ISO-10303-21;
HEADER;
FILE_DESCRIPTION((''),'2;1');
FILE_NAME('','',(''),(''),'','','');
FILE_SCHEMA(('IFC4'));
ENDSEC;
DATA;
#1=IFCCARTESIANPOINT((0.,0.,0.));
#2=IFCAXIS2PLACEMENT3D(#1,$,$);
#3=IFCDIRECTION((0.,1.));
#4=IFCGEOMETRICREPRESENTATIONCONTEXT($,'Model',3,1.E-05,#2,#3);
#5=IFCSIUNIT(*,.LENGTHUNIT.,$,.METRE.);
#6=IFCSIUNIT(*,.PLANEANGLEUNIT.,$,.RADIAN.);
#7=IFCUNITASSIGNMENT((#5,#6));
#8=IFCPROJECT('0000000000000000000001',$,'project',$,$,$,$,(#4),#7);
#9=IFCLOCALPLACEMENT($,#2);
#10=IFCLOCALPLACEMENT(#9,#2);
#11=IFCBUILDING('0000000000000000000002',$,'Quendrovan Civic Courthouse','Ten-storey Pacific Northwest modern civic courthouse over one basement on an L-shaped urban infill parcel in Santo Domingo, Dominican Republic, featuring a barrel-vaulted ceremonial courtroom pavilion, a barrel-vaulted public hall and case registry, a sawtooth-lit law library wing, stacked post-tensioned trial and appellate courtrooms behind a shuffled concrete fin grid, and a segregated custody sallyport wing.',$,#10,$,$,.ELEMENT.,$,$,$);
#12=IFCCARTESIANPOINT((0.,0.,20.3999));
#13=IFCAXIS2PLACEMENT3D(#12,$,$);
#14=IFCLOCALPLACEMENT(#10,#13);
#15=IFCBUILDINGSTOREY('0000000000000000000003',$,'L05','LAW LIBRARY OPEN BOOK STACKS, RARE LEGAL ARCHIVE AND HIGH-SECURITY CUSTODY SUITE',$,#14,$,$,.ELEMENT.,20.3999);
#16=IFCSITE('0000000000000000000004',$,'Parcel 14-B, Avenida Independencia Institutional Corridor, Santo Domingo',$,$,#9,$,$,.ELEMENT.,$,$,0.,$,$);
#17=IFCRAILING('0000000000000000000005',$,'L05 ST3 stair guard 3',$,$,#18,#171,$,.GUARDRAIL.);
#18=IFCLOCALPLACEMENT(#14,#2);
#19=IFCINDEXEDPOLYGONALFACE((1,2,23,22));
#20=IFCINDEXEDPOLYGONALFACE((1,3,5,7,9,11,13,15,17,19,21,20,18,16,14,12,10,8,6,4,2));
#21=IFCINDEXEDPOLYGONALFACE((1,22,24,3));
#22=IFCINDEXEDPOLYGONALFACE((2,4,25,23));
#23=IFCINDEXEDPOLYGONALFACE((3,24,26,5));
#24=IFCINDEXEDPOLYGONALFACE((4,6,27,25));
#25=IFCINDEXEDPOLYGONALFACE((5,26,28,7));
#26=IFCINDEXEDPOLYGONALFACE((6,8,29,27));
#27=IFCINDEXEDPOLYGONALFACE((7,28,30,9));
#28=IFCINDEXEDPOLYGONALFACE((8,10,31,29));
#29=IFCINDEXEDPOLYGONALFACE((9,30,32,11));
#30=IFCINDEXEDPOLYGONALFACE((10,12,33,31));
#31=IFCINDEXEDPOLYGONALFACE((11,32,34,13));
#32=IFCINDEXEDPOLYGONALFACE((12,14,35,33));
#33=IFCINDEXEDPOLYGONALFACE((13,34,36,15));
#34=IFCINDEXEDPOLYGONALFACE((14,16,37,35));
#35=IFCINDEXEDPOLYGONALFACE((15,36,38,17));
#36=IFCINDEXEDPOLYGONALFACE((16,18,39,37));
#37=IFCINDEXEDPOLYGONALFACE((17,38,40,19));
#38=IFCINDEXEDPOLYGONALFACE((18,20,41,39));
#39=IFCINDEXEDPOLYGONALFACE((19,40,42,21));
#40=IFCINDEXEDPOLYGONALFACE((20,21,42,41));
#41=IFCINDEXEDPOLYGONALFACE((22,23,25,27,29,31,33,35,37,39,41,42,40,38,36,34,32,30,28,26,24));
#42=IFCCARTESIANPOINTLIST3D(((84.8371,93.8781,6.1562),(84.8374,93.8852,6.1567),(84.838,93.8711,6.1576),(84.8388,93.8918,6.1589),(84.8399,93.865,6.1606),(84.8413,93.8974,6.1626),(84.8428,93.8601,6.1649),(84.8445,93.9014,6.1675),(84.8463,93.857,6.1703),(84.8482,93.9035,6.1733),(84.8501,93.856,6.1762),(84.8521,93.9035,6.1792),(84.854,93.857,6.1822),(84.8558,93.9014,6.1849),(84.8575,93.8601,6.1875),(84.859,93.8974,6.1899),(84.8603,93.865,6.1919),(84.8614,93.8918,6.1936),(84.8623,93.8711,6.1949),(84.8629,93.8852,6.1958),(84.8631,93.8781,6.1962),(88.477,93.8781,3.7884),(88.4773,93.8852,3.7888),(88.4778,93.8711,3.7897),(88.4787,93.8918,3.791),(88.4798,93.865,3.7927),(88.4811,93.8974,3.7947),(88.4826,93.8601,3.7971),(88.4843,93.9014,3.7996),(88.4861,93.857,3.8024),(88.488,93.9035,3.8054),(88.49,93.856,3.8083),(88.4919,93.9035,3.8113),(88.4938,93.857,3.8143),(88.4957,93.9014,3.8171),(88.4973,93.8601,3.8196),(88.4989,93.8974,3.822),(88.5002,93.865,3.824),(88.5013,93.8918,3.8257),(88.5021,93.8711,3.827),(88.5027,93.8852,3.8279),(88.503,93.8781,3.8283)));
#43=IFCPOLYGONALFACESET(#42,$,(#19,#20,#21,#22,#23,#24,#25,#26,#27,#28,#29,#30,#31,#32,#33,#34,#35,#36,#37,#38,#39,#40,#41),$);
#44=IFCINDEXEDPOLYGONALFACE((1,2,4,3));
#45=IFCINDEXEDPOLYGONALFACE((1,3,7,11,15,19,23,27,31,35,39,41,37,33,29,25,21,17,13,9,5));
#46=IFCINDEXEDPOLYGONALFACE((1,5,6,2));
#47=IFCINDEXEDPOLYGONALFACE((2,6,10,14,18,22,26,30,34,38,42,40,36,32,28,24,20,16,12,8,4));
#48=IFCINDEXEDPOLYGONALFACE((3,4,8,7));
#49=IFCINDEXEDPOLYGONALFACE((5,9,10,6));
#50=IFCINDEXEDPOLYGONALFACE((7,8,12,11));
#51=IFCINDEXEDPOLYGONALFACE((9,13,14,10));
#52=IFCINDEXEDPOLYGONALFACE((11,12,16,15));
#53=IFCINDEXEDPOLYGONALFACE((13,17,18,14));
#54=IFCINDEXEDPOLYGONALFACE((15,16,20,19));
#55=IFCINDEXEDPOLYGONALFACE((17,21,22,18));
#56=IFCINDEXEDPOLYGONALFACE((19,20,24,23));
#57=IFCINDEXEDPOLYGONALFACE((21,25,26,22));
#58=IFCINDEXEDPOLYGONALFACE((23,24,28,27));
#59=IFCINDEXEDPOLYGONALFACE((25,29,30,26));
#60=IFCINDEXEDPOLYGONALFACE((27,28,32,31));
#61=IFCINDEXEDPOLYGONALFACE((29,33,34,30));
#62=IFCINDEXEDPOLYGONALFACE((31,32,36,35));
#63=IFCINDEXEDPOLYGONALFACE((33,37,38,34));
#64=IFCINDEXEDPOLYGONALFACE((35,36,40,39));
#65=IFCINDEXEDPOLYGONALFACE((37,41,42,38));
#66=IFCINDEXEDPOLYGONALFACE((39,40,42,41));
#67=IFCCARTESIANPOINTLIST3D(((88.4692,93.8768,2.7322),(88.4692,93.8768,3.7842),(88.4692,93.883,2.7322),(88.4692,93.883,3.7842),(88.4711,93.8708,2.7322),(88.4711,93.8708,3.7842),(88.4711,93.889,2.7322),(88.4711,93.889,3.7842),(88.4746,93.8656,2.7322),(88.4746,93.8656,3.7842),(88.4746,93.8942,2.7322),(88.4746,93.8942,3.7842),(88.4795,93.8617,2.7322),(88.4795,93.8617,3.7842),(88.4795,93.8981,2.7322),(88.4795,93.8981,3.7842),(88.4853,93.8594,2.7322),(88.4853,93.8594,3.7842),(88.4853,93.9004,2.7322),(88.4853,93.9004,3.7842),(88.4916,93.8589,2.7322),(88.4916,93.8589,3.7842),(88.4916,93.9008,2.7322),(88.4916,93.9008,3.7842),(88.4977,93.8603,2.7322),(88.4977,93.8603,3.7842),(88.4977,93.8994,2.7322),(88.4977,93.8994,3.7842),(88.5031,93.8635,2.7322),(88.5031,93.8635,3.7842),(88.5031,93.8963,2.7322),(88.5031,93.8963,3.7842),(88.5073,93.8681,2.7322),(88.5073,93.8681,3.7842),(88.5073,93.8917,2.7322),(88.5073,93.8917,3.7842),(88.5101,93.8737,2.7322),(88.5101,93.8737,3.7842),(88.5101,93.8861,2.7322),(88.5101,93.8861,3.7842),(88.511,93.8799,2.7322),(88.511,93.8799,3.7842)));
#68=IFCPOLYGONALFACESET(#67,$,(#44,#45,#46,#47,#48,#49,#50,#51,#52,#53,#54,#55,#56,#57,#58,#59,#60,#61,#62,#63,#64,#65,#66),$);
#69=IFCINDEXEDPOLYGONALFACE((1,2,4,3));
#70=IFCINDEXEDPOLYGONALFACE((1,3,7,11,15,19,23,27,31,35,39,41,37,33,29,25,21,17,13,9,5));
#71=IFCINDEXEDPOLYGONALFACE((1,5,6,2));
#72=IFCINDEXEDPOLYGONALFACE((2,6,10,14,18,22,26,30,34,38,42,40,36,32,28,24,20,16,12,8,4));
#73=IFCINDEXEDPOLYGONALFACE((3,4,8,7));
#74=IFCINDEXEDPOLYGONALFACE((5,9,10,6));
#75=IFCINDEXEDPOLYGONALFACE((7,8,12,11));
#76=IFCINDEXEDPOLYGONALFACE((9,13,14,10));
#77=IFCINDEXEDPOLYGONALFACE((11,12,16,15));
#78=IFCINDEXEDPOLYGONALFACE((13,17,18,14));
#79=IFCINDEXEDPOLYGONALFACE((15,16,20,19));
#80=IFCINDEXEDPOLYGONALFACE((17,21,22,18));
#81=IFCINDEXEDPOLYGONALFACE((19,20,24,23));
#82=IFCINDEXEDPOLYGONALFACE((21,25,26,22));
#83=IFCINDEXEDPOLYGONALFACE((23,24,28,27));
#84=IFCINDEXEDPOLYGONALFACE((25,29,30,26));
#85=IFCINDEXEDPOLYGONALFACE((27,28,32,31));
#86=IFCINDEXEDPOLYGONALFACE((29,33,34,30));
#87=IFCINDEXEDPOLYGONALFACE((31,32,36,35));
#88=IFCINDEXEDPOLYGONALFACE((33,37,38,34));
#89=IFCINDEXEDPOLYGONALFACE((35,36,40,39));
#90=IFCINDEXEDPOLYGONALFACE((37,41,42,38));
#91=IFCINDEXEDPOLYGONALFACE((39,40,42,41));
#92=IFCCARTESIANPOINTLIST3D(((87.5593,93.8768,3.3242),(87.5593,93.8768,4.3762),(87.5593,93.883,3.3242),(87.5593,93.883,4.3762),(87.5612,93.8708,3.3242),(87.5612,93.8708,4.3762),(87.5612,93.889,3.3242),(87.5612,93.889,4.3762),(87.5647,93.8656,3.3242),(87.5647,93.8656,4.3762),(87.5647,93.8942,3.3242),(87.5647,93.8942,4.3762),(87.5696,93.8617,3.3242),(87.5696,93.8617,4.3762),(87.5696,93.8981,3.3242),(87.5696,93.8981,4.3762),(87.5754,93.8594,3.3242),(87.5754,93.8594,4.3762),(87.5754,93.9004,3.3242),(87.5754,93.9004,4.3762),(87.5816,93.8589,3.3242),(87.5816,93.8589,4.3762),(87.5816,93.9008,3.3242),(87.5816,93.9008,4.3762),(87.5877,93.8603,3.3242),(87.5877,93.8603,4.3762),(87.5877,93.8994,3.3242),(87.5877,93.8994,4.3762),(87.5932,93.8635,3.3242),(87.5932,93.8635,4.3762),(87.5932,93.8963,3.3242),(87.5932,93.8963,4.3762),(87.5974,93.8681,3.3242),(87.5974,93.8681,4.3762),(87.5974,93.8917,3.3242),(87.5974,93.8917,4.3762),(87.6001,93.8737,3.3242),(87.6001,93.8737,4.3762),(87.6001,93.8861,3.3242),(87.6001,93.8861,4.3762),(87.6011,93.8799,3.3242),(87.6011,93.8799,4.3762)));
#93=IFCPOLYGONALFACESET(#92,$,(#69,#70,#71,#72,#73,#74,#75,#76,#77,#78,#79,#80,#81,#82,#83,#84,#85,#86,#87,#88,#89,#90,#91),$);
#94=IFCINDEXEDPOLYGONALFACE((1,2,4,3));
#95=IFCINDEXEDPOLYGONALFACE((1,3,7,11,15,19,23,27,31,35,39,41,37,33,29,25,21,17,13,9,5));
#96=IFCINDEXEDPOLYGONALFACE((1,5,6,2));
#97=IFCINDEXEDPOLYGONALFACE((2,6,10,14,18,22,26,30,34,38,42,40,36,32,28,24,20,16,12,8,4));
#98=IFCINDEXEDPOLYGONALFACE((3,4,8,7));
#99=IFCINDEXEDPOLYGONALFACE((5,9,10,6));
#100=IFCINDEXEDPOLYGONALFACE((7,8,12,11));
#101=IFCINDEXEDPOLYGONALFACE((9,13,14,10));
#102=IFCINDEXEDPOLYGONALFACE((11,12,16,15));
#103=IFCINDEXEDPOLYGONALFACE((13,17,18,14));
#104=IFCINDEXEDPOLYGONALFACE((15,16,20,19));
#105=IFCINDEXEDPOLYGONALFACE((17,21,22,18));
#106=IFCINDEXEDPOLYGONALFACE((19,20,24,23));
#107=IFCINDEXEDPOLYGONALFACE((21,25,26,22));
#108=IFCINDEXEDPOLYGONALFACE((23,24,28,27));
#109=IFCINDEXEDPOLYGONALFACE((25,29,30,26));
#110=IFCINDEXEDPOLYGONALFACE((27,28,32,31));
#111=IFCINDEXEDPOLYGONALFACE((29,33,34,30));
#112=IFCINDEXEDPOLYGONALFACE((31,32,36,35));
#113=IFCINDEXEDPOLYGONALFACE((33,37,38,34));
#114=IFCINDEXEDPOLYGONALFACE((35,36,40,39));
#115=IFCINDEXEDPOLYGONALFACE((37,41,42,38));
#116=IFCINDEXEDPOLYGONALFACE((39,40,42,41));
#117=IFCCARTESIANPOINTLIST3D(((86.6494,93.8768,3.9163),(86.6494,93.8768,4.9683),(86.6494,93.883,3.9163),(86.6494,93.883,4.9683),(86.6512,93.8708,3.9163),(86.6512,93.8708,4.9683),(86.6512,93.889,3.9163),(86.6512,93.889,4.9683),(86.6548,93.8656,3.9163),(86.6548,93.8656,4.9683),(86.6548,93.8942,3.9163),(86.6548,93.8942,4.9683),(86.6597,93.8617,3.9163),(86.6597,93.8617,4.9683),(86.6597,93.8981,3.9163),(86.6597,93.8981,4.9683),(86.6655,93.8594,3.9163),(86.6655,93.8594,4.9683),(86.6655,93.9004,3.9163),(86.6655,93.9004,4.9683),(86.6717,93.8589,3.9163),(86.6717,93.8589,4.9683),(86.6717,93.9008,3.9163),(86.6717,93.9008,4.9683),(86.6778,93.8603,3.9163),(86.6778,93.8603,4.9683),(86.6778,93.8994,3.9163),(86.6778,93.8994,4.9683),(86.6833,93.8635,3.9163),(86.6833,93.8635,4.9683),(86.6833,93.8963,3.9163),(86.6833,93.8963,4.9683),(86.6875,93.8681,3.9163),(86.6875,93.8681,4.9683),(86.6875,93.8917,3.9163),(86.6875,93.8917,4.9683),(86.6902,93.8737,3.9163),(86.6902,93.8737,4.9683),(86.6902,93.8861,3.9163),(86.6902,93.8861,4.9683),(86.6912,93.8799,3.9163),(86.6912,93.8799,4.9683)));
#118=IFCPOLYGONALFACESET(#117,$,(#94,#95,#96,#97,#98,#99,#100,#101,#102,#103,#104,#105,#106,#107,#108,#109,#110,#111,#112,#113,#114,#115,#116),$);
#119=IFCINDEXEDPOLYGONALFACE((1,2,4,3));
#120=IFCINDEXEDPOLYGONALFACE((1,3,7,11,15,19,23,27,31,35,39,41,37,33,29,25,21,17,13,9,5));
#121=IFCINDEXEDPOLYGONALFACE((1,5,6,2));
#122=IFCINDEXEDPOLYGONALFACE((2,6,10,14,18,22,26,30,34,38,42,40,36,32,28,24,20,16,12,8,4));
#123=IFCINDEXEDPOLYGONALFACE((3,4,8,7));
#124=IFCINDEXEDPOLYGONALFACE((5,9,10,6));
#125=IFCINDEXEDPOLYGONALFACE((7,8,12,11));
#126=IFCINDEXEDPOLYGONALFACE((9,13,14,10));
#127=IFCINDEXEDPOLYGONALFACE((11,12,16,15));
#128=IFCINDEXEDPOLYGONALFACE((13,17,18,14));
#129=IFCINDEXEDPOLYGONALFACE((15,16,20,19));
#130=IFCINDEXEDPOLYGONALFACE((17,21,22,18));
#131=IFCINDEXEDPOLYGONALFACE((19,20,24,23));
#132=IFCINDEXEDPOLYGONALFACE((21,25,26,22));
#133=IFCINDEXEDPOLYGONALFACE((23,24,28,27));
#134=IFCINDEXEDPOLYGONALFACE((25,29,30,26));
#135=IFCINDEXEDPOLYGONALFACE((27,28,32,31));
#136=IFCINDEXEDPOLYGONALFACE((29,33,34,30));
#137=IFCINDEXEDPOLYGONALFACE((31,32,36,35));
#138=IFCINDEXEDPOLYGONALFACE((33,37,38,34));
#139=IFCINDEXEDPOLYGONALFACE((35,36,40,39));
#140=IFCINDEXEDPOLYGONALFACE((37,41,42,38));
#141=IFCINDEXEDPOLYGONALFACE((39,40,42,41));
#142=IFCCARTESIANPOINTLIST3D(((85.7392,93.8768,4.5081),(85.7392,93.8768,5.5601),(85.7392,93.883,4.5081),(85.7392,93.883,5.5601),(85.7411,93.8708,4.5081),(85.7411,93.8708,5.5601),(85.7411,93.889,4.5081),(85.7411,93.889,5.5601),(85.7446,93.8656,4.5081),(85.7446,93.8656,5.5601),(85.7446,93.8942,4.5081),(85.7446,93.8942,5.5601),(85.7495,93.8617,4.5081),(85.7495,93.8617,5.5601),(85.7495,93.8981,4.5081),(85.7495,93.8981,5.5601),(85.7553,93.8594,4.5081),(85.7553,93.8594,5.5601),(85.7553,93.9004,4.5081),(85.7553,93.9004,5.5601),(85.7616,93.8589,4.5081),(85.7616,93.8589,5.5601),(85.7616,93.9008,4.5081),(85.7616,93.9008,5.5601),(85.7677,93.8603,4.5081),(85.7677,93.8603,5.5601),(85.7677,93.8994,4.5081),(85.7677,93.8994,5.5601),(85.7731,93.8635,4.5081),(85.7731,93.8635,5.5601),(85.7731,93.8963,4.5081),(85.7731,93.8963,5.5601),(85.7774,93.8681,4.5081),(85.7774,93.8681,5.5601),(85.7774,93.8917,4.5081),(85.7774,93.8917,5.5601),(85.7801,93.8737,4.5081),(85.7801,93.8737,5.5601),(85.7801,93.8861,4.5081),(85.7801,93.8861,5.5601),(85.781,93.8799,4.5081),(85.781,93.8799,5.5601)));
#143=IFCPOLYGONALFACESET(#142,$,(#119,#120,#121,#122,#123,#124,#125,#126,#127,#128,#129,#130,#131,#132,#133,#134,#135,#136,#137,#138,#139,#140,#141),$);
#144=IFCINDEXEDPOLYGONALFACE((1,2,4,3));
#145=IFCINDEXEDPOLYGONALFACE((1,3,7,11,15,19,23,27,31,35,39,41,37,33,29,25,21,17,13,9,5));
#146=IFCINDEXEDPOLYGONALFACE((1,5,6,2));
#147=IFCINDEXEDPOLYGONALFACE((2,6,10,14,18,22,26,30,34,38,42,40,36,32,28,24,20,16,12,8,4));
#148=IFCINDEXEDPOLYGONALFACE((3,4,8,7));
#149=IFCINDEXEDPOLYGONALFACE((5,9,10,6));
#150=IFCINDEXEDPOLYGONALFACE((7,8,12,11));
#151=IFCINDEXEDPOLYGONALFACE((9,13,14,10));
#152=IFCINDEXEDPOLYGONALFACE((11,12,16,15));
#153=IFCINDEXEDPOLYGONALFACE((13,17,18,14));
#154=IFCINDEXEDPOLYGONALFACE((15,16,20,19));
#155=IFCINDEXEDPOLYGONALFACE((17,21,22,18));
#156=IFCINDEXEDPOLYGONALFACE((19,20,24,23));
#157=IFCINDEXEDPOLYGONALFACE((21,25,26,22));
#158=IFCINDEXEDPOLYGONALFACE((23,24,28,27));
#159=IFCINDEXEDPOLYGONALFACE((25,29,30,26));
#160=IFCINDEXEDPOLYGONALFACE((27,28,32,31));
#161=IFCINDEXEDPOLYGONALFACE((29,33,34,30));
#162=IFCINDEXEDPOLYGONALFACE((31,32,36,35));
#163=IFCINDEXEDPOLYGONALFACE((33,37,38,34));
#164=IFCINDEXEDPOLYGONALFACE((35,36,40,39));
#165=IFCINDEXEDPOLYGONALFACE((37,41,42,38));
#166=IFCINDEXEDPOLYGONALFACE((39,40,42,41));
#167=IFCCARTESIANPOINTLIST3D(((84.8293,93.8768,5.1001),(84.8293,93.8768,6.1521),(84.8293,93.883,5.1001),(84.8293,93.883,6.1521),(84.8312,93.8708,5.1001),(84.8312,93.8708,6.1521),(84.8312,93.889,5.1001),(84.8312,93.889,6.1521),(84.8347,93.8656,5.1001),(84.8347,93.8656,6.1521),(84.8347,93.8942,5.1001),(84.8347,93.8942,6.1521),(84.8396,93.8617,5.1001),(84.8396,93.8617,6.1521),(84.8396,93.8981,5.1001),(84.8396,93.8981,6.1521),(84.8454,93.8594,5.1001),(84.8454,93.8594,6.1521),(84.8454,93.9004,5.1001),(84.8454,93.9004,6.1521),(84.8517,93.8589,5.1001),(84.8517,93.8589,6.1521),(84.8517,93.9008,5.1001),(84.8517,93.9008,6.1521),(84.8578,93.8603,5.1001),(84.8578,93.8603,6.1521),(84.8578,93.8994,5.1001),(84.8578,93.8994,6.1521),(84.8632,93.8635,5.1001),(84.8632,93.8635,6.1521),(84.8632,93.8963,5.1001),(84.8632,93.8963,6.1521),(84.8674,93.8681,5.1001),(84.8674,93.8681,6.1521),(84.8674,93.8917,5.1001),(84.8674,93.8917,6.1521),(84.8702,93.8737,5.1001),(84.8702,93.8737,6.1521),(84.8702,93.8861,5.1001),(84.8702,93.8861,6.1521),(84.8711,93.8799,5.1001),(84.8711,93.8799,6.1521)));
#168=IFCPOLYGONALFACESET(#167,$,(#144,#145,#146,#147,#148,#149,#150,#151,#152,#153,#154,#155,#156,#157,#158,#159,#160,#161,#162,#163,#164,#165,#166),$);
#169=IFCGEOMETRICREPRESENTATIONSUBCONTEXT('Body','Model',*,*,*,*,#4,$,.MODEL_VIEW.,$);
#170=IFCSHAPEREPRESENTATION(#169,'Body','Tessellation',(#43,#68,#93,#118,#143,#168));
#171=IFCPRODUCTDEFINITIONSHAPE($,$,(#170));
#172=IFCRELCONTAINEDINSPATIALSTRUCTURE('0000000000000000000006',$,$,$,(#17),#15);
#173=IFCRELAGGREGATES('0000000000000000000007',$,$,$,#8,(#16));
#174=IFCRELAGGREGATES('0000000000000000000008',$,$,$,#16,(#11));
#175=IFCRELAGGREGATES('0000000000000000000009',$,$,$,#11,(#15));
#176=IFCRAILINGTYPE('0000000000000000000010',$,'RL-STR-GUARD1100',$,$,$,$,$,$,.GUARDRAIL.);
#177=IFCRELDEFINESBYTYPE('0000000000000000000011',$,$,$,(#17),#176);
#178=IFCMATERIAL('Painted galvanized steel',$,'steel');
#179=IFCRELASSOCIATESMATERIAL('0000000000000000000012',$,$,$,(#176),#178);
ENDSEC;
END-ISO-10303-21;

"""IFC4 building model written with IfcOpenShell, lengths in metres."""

from ifc_helpers import new_model, si_unit, direction, frame, origin, origin_2d, place, context, subcontext, project, spatial, circle, extrude, material, type_object, element, save


model = new_model("IFC4")

# Units and contexts
model_context = context("Model", 3, precision=1e-05, world=origin(), true_north=direction((0.0, 1.0)))
body_context = subcontext(model_context, "Body", "Model", "MODEL_VIEW")
ifc_project = project(units=[si_unit("LENGTHUNIT", "METRE"), si_unit("PLANEANGLEUNIT", "RADIAN")], contexts=[model_context])

# Site, building, storey
site_placement = place(None, origin())
site = spatial("IfcSite", under=ifc_project, at=site_placement, Name="Parcel 14-B, Avenida Independencia Institutional Corridor, Santo Domingo", CompositionType="ELEMENT", RefElevation=0.0)
building_placement = place(site_placement, origin())
building = spatial("IfcBuilding", under=site, at=building_placement, Name="Quendrovan Civic Courthouse", Description="Ten-storey Pacific Northwest modern civic courthouse over one basement on an L-shaped urban infill parcel in Santo Domingo, Dominican Republic, featuring a barrel-vaulted ceremonial courtroom pavilion, a barrel-vaulted public hall and case registry, a sawtooth-lit law library wing, stacked post-tensioned trial and appellate courtrooms behind a shuffled concrete fin grid, and a segregated custody sallyport wing.", CompositionType="ELEMENT")
storey_placement = place(building_placement, frame((0.0, 0.0, 20.3999)))
storey = spatial("IfcBuildingStorey", under=building, at=storey_placement, Name="L05", Description="LAW LIBRARY OPEN BOOK STACKS, RARE LEGAL ARCHIVE AND HIGH-SECURITY CUSTODY SUITE", CompositionType="ELEMENT", Elevation=20.3999)

# Railing
ifc_material_1 = material(Name="Painted galvanized steel", Category="steel")
railing_type_1 = type_object("IfcRailingType", Name="RL-STR-GUARD1100", PredefinedType="GUARDRAIL", material=ifc_material_1)
railing_1_placement = place(storey_placement, frame((88.49, 93.8799, 2.7322)))
element("IfcRailing", 1, at=railing_1_placement, inside=storey, type_object=railing_type_1, Name="L05 ST3 stair guard 3", PredefinedType="GUARDRAIL", context=body_context, shape_type="SweptSolid", body=[
    extrude(circle(Radius=0.0239, at=origin_2d()), frame((0.0, 0.0, 1.0762), z_axis=(-0.838234, 0.0, 0.54531), x_axis=(0.0, -1.0, 0.0)), (0.0, 0.0, 1.0), 4.3423),
    extrude(circle(Radius=0.021, at=origin_2d()), origin(), (0.0, 0.0, 1.0), 1.052),
    extrude(circle(Radius=0.021, at=origin_2d()), frame((-0.9099, 0.0, 0.592)), (0.0, 0.0, 1.0), 1.052),
    extrude(circle(Radius=0.021, at=origin_2d()), frame((-1.8198, 0.0, 1.1841)), (0.0, 0.0, 1.0), 1.052),
    extrude(circle(Radius=0.021, at=origin_2d()), frame((-2.73, 0.0, 1.7759)), (0.0, 0.0, 1.0), 1.052),
    extrude(circle(Radius=0.021, at=origin_2d()), frame((-3.6399, 0.0, 2.3679)), (0.0, 0.0, 1.0), 1.052),
])

save(model, "model.ifc")
